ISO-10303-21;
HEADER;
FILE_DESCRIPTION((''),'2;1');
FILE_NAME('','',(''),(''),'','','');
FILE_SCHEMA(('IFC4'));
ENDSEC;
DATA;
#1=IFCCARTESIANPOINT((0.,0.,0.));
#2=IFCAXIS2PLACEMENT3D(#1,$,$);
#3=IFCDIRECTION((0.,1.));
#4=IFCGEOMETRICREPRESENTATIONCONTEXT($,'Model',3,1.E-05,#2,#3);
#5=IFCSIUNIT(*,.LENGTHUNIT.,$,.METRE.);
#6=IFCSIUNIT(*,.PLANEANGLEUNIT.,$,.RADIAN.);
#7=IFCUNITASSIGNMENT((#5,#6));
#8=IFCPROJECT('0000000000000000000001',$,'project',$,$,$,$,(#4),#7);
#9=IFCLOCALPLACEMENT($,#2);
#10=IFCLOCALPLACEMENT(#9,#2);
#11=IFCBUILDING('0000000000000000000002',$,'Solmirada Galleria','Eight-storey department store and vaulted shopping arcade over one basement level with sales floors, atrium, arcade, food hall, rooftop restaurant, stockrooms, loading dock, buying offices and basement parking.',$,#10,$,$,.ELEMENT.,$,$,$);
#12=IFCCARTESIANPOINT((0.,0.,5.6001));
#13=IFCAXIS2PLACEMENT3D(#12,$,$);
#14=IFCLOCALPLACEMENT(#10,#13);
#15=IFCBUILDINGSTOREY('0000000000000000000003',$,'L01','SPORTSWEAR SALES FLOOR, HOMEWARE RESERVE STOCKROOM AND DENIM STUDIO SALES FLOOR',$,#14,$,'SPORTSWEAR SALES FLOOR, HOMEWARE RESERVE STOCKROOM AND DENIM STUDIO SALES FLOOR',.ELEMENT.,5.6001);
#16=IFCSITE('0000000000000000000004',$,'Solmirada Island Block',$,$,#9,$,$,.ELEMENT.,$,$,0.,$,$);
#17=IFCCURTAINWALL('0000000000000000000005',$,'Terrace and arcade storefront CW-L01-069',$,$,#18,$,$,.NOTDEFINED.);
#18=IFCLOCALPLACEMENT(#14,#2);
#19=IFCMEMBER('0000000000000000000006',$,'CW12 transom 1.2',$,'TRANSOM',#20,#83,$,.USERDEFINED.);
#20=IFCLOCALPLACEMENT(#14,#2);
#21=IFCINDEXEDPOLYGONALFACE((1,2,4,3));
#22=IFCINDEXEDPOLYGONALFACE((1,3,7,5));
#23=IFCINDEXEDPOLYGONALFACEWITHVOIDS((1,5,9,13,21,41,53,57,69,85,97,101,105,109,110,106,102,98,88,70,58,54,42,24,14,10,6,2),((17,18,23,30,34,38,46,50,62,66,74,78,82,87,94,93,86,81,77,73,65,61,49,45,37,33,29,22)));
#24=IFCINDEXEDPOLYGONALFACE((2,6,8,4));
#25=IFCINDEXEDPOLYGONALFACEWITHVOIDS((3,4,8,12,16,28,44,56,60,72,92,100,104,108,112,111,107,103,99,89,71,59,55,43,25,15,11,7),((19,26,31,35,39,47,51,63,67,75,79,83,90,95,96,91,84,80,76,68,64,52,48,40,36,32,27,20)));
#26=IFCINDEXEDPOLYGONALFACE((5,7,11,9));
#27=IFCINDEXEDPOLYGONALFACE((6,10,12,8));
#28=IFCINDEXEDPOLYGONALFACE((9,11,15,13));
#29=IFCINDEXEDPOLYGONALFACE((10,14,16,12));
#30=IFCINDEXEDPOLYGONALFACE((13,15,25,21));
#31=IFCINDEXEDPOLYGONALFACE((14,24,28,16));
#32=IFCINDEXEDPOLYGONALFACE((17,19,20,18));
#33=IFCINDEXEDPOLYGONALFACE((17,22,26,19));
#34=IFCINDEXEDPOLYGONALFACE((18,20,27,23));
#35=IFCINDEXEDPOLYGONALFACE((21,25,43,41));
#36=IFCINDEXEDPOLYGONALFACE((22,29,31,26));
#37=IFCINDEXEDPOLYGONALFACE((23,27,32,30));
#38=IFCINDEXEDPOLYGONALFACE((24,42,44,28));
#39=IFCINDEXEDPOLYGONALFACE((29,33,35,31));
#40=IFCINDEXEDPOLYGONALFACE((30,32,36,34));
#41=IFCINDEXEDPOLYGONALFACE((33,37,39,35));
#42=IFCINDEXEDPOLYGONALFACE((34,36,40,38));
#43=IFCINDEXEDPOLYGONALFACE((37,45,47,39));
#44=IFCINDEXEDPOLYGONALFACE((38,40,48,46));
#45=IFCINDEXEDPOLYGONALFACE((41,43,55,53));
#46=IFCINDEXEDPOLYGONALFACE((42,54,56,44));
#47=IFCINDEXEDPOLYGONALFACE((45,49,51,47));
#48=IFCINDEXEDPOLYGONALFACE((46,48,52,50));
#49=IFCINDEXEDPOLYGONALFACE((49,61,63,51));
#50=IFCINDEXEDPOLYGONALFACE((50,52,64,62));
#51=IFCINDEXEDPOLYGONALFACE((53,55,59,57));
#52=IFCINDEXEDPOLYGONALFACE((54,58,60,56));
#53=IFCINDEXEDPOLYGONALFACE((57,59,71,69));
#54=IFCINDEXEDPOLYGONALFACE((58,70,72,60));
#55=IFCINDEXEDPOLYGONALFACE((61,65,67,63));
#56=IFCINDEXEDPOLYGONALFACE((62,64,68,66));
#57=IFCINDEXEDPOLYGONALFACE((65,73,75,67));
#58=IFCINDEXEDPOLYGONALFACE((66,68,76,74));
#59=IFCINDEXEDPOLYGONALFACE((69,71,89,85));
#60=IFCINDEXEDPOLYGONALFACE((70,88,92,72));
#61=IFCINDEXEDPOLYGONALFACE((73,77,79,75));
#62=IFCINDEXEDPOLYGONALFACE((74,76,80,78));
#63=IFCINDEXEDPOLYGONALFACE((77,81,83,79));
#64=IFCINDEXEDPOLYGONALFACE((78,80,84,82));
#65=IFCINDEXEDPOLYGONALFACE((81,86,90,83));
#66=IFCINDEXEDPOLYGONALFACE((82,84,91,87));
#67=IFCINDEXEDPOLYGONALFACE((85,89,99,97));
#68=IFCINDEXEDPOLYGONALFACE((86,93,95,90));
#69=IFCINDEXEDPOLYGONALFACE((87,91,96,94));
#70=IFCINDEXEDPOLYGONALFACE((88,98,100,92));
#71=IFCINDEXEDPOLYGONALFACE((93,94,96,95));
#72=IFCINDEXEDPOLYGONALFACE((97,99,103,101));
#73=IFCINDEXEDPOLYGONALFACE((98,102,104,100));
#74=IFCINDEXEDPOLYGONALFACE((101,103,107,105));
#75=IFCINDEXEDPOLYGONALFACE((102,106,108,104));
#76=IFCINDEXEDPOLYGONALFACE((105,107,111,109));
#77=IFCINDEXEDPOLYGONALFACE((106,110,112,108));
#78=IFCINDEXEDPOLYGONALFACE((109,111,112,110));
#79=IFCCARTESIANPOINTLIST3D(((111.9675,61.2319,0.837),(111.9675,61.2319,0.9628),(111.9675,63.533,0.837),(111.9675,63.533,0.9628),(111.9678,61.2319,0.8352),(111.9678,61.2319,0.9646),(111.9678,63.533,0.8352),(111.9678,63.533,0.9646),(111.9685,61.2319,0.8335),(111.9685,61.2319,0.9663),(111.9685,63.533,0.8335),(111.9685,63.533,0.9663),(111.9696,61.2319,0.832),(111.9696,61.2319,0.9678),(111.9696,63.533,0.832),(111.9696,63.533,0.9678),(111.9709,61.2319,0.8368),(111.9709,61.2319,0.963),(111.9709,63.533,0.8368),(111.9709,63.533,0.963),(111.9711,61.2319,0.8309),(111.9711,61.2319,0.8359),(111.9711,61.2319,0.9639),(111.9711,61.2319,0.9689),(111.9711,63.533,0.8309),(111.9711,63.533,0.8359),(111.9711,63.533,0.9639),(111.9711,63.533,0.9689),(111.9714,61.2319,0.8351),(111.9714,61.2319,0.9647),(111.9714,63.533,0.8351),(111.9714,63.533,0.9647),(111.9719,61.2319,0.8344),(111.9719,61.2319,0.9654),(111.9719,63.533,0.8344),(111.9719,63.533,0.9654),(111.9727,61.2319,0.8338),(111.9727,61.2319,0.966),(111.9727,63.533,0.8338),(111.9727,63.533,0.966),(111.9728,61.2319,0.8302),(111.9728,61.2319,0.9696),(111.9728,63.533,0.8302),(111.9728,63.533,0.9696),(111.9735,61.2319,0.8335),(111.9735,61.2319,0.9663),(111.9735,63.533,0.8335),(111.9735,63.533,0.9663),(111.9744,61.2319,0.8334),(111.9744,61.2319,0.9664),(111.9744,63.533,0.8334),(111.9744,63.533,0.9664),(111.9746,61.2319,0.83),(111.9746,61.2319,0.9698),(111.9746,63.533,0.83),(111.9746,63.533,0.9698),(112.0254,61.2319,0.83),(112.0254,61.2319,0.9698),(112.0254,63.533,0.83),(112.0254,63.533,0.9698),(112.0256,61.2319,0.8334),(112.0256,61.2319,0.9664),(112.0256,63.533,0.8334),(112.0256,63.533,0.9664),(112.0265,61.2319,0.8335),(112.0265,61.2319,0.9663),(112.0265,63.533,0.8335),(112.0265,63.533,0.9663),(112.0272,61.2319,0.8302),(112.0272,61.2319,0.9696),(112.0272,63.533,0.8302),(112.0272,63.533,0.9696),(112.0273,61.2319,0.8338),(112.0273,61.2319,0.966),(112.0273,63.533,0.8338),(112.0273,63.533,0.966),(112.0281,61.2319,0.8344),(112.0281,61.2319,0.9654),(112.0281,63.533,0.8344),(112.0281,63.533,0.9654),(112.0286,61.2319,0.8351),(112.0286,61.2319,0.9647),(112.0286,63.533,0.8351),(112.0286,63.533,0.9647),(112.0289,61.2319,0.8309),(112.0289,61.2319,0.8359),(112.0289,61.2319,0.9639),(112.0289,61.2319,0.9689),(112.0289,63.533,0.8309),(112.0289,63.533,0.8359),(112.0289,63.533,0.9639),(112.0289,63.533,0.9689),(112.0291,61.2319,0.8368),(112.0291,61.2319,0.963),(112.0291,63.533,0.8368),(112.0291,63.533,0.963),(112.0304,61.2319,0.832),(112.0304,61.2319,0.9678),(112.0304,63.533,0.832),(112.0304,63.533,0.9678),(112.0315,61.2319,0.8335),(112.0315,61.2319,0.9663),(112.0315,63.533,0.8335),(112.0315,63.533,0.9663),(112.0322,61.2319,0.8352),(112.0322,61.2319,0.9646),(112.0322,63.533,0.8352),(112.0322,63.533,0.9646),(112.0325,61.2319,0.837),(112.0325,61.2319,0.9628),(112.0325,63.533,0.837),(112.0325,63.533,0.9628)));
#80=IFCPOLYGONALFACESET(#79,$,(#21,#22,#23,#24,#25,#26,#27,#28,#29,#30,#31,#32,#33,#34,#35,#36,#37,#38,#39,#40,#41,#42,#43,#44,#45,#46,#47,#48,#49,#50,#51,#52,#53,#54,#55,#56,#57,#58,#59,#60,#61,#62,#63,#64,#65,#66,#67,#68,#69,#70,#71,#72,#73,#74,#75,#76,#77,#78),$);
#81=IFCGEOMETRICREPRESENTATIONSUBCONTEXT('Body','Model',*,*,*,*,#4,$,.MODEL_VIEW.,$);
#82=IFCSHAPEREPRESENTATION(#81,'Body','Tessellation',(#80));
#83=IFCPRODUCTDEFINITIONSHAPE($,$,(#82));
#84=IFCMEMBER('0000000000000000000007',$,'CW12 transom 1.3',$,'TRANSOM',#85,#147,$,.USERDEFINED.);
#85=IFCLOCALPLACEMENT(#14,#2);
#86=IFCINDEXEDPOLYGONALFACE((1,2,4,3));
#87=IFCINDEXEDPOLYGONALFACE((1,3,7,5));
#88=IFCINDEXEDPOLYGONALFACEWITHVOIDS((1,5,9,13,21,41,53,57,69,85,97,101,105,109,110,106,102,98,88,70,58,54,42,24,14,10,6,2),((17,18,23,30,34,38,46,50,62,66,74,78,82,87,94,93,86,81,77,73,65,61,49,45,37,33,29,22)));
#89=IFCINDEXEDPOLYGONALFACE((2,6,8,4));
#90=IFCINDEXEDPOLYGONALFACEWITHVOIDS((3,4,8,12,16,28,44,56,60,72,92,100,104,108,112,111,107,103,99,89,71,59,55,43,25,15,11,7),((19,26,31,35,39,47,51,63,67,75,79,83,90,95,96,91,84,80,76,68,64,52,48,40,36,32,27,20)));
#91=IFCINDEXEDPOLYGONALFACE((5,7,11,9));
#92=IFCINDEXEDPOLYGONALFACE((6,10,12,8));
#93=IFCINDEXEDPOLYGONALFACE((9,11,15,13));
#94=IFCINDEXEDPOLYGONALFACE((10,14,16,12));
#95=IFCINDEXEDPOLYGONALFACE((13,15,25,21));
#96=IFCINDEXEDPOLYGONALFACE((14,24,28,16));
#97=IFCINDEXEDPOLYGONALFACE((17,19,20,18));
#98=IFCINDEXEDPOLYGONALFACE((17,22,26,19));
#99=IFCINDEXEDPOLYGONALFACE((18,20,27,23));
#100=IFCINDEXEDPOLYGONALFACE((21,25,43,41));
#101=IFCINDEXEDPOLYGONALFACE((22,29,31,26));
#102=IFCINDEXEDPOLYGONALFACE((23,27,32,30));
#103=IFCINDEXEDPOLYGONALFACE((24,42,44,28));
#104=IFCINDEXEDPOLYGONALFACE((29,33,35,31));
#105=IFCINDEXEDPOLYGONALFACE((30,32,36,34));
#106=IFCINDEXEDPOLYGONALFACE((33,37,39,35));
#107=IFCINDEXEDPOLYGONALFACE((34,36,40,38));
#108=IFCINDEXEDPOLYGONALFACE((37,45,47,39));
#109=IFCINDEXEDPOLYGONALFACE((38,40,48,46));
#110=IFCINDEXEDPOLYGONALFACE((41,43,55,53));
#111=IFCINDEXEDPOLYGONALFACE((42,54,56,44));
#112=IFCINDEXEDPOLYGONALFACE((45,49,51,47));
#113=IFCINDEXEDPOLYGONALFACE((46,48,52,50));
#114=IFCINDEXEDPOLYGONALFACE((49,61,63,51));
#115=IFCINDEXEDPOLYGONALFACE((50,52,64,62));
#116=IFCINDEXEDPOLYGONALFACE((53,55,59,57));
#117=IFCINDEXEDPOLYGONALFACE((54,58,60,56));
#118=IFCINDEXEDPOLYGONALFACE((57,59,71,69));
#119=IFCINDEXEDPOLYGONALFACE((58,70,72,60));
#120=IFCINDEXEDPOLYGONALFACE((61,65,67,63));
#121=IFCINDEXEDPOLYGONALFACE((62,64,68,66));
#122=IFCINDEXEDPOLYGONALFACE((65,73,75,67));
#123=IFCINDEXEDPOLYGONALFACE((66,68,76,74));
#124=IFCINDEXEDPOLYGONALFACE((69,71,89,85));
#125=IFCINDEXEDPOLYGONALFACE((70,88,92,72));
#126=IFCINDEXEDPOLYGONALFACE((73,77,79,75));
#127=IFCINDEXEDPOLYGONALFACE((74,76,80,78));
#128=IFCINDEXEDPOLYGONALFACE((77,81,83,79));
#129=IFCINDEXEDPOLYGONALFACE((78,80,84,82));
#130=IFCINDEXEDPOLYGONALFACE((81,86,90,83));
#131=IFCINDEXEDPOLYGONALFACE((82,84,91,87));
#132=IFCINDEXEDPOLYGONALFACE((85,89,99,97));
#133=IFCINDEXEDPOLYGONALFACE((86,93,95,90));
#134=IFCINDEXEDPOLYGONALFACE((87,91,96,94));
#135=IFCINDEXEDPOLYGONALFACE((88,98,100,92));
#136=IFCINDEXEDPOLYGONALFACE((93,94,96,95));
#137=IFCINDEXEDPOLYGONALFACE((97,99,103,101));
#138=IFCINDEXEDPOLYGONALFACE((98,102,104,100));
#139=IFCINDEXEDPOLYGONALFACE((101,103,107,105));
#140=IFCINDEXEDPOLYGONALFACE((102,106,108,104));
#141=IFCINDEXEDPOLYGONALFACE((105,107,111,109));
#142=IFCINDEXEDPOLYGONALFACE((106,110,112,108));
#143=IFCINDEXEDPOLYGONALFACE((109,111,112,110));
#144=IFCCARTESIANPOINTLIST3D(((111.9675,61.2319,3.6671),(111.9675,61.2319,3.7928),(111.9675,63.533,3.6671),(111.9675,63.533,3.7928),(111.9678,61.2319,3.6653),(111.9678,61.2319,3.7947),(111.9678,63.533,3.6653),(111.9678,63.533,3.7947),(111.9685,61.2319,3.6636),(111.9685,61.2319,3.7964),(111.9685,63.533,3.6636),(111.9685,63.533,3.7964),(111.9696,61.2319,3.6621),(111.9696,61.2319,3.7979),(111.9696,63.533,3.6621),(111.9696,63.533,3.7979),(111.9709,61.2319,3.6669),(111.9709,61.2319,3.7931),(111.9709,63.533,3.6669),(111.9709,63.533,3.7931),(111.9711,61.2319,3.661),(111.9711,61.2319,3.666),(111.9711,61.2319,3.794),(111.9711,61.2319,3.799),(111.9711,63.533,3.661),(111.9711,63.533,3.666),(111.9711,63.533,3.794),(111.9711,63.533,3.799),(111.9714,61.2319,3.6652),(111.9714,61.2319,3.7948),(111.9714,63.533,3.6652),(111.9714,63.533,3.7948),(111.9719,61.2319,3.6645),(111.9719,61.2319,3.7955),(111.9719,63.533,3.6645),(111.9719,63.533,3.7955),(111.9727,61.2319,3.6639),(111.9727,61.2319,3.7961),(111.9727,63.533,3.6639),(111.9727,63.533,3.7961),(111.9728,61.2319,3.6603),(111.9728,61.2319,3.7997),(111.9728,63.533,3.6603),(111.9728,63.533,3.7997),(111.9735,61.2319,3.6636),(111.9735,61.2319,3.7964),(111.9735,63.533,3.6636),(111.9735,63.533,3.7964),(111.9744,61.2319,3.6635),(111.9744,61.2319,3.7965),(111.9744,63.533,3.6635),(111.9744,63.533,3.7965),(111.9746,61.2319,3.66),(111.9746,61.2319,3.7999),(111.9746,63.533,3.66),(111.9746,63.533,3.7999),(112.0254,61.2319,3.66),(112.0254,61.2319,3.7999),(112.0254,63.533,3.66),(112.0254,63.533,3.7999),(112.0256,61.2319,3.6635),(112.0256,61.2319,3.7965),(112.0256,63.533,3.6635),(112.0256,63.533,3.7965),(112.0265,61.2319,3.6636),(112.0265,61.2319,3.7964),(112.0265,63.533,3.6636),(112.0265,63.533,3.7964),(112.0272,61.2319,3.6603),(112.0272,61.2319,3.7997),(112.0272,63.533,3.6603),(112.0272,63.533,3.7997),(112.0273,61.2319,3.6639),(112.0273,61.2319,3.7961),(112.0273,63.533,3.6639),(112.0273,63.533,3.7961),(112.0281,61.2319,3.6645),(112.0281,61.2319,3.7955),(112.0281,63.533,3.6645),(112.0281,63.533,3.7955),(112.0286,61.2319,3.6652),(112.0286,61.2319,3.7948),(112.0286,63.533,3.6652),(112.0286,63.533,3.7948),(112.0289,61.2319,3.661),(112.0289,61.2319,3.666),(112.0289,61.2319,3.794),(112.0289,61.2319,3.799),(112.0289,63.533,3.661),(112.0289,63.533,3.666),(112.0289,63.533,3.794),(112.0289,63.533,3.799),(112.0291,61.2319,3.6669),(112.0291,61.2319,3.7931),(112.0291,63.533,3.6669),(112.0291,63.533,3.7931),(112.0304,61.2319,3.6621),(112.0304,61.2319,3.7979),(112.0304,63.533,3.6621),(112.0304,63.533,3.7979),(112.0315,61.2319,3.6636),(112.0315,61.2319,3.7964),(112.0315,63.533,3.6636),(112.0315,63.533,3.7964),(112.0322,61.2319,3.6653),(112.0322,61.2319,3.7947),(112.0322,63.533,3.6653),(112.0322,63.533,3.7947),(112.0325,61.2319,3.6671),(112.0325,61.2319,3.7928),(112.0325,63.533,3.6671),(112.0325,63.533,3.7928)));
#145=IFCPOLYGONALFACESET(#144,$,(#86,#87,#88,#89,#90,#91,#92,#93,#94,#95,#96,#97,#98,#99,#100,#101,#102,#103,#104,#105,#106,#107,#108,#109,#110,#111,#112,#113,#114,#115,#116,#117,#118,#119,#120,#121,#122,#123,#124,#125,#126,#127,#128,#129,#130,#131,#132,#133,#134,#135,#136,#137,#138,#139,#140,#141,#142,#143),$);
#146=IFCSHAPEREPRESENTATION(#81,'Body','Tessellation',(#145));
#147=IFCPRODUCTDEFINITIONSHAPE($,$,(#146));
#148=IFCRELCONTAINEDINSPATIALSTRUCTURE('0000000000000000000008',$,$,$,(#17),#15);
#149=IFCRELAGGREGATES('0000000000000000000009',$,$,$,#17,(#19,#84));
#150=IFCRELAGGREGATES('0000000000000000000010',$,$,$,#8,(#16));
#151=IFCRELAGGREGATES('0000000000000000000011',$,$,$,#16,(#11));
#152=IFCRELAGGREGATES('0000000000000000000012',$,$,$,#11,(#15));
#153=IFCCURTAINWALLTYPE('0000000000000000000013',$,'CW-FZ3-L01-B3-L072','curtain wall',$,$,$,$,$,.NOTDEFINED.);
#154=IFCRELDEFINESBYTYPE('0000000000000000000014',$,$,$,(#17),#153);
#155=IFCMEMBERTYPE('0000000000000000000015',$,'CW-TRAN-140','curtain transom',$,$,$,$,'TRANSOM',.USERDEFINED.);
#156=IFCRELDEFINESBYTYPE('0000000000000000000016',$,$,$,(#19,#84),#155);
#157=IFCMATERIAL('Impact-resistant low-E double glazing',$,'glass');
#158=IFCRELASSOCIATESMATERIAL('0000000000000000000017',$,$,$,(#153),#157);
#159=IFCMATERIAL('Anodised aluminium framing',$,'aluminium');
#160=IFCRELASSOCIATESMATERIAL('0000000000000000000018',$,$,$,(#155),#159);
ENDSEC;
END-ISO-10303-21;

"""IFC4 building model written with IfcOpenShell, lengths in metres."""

from ifc_helpers import new_model, si_unit, direction, frame, origin, origin_2d, place, context, subcontext, project, spatial, hollow_rectangle, extrude, material, material_profile, profile_set, type_object, element, aggregate, save


model = new_model("IFC4")

# Units and contexts
model_context = context("Model", 3, precision=1e-05, world=origin(), true_north=direction((0.0, 1.0)))
body_context = subcontext(model_context, "Body", "Model", "MODEL_VIEW")
ifc_project = project(units=[si_unit("LENGTHUNIT", "METRE"), si_unit("PLANEANGLEUNIT", "RADIAN")], contexts=[model_context])

# Site, building, storey
site_placement = place(None, origin())
site = spatial("IfcSite", under=ifc_project, at=site_placement, Name="Solmirada Island Block", CompositionType="ELEMENT", RefElevation=0.0)
building_placement = place(site_placement, origin())
building = spatial("IfcBuilding", under=site, at=building_placement, Name="Solmirada Galleria", Description="Eight-storey department store and vaulted shopping arcade over one basement level with sales floors, atrium, arcade, food hall, rooftop restaurant, stockrooms, loading dock, buying offices and basement parking.", CompositionType="ELEMENT")
storey_placement = place(building_placement, frame((0.0, 0.0, 5.6001)))
storey = spatial("IfcBuildingStorey", under=building, at=storey_placement, Name="L01", Description="SPORTSWEAR SALES FLOOR, HOMEWARE RESERVE STOCKROOM AND DENIM STUDIO SALES FLOOR", LongName="SPORTSWEAR SALES FLOOR, HOMEWARE RESERVE STOCKROOM AND DENIM STUDIO SALES FLOOR", CompositionType="ELEMENT", Elevation=5.6001)

# Shared definitions
ifc_material_1 = material(Name="Impact-resistant low-E double glazing", Category="glass")
ifc_material_2 = material(Name="Anodised aluminium framing", Category="aluminium")

# Shared definitions
curtain_wall_type_1 = type_object("IfcCurtainWallType", Name="CW-FZ3-L01-B3-L072", Description="curtain wall", PredefinedType="NOTDEFINED", material=ifc_material_1)

# Curtain wall
curtain_wall_1_placement = place(storey_placement, origin())
curtain_wall_1 = element("IfcCurtainWall", 1, at=curtain_wall_1_placement, inside=storey, type_object=curtain_wall_type_1, Name="Terrace and arcade storefront CW-L01-069", PredefinedType="NOTDEFINED")

# Members
ifc_material_profile_1 = material_profile(ifc_material_2, hollow_rectangle(XDim=0.0649, YDim=0.1399, WallThickness=0.0034, InnerFilletRadius=0.0034, OuterFilletRadius=0.0071, at=origin_2d()), Name="ALU-TRAN-140X65")
ifc_profile_set_1 = profile_set([ifc_material_profile_1], Name="Anodised aluminium framing")
member_type_1 = type_object("IfcMemberType", Name="CW-TRAN-140", Description="curtain transom", ElementType="TRANSOM", PredefinedType="USERDEFINED", material=ifc_profile_set_1)
member_1_placement = place(storey_placement, frame((112.0, 63.533, 0.8999), z_axis=(0.0, -1.0, 0.0), x_axis=(1.0, 0.0, 0.0)))
member_1 = element("IfcMember", 2, at=member_1_placement, type_object=member_type_1, Name="CW12 transom 1.2", ObjectType="TRANSOM", PredefinedType="USERDEFINED", context=body_context, shape_type="SweptSolid", body=[
    extrude(hollow_rectangle(XDim=0.0649, YDim=0.1399, WallThickness=0.0034, InnerFilletRadius=0.0034, OuterFilletRadius=0.0071, at=origin_2d()), origin(), (0.0, 0.0, 1.0), 2.301),
])
member_2_placement = place(storey_placement, frame((112.0, 63.533, 3.73), z_axis=(0.0, -1.0, 0.0), x_axis=(1.0, 0.0, 0.0)))
member_2 = element("IfcMember", 3, at=member_2_placement, type_object=member_type_1, Name="CW12 transom 1.3", ObjectType="TRANSOM", PredefinedType="USERDEFINED", context=body_context, shape_type="SweptSolid", body=[
    extrude(hollow_rectangle(XDim=0.0649, YDim=0.1399, WallThickness=0.0034, InnerFilletRadius=0.0034, OuterFilletRadius=0.0071, at=origin_2d()), origin(), (0.0, 0.0, 1.0), 2.301),
])
aggregate(curtain_wall_1, [member_1, member_2])

save(model, "model.ifc")
